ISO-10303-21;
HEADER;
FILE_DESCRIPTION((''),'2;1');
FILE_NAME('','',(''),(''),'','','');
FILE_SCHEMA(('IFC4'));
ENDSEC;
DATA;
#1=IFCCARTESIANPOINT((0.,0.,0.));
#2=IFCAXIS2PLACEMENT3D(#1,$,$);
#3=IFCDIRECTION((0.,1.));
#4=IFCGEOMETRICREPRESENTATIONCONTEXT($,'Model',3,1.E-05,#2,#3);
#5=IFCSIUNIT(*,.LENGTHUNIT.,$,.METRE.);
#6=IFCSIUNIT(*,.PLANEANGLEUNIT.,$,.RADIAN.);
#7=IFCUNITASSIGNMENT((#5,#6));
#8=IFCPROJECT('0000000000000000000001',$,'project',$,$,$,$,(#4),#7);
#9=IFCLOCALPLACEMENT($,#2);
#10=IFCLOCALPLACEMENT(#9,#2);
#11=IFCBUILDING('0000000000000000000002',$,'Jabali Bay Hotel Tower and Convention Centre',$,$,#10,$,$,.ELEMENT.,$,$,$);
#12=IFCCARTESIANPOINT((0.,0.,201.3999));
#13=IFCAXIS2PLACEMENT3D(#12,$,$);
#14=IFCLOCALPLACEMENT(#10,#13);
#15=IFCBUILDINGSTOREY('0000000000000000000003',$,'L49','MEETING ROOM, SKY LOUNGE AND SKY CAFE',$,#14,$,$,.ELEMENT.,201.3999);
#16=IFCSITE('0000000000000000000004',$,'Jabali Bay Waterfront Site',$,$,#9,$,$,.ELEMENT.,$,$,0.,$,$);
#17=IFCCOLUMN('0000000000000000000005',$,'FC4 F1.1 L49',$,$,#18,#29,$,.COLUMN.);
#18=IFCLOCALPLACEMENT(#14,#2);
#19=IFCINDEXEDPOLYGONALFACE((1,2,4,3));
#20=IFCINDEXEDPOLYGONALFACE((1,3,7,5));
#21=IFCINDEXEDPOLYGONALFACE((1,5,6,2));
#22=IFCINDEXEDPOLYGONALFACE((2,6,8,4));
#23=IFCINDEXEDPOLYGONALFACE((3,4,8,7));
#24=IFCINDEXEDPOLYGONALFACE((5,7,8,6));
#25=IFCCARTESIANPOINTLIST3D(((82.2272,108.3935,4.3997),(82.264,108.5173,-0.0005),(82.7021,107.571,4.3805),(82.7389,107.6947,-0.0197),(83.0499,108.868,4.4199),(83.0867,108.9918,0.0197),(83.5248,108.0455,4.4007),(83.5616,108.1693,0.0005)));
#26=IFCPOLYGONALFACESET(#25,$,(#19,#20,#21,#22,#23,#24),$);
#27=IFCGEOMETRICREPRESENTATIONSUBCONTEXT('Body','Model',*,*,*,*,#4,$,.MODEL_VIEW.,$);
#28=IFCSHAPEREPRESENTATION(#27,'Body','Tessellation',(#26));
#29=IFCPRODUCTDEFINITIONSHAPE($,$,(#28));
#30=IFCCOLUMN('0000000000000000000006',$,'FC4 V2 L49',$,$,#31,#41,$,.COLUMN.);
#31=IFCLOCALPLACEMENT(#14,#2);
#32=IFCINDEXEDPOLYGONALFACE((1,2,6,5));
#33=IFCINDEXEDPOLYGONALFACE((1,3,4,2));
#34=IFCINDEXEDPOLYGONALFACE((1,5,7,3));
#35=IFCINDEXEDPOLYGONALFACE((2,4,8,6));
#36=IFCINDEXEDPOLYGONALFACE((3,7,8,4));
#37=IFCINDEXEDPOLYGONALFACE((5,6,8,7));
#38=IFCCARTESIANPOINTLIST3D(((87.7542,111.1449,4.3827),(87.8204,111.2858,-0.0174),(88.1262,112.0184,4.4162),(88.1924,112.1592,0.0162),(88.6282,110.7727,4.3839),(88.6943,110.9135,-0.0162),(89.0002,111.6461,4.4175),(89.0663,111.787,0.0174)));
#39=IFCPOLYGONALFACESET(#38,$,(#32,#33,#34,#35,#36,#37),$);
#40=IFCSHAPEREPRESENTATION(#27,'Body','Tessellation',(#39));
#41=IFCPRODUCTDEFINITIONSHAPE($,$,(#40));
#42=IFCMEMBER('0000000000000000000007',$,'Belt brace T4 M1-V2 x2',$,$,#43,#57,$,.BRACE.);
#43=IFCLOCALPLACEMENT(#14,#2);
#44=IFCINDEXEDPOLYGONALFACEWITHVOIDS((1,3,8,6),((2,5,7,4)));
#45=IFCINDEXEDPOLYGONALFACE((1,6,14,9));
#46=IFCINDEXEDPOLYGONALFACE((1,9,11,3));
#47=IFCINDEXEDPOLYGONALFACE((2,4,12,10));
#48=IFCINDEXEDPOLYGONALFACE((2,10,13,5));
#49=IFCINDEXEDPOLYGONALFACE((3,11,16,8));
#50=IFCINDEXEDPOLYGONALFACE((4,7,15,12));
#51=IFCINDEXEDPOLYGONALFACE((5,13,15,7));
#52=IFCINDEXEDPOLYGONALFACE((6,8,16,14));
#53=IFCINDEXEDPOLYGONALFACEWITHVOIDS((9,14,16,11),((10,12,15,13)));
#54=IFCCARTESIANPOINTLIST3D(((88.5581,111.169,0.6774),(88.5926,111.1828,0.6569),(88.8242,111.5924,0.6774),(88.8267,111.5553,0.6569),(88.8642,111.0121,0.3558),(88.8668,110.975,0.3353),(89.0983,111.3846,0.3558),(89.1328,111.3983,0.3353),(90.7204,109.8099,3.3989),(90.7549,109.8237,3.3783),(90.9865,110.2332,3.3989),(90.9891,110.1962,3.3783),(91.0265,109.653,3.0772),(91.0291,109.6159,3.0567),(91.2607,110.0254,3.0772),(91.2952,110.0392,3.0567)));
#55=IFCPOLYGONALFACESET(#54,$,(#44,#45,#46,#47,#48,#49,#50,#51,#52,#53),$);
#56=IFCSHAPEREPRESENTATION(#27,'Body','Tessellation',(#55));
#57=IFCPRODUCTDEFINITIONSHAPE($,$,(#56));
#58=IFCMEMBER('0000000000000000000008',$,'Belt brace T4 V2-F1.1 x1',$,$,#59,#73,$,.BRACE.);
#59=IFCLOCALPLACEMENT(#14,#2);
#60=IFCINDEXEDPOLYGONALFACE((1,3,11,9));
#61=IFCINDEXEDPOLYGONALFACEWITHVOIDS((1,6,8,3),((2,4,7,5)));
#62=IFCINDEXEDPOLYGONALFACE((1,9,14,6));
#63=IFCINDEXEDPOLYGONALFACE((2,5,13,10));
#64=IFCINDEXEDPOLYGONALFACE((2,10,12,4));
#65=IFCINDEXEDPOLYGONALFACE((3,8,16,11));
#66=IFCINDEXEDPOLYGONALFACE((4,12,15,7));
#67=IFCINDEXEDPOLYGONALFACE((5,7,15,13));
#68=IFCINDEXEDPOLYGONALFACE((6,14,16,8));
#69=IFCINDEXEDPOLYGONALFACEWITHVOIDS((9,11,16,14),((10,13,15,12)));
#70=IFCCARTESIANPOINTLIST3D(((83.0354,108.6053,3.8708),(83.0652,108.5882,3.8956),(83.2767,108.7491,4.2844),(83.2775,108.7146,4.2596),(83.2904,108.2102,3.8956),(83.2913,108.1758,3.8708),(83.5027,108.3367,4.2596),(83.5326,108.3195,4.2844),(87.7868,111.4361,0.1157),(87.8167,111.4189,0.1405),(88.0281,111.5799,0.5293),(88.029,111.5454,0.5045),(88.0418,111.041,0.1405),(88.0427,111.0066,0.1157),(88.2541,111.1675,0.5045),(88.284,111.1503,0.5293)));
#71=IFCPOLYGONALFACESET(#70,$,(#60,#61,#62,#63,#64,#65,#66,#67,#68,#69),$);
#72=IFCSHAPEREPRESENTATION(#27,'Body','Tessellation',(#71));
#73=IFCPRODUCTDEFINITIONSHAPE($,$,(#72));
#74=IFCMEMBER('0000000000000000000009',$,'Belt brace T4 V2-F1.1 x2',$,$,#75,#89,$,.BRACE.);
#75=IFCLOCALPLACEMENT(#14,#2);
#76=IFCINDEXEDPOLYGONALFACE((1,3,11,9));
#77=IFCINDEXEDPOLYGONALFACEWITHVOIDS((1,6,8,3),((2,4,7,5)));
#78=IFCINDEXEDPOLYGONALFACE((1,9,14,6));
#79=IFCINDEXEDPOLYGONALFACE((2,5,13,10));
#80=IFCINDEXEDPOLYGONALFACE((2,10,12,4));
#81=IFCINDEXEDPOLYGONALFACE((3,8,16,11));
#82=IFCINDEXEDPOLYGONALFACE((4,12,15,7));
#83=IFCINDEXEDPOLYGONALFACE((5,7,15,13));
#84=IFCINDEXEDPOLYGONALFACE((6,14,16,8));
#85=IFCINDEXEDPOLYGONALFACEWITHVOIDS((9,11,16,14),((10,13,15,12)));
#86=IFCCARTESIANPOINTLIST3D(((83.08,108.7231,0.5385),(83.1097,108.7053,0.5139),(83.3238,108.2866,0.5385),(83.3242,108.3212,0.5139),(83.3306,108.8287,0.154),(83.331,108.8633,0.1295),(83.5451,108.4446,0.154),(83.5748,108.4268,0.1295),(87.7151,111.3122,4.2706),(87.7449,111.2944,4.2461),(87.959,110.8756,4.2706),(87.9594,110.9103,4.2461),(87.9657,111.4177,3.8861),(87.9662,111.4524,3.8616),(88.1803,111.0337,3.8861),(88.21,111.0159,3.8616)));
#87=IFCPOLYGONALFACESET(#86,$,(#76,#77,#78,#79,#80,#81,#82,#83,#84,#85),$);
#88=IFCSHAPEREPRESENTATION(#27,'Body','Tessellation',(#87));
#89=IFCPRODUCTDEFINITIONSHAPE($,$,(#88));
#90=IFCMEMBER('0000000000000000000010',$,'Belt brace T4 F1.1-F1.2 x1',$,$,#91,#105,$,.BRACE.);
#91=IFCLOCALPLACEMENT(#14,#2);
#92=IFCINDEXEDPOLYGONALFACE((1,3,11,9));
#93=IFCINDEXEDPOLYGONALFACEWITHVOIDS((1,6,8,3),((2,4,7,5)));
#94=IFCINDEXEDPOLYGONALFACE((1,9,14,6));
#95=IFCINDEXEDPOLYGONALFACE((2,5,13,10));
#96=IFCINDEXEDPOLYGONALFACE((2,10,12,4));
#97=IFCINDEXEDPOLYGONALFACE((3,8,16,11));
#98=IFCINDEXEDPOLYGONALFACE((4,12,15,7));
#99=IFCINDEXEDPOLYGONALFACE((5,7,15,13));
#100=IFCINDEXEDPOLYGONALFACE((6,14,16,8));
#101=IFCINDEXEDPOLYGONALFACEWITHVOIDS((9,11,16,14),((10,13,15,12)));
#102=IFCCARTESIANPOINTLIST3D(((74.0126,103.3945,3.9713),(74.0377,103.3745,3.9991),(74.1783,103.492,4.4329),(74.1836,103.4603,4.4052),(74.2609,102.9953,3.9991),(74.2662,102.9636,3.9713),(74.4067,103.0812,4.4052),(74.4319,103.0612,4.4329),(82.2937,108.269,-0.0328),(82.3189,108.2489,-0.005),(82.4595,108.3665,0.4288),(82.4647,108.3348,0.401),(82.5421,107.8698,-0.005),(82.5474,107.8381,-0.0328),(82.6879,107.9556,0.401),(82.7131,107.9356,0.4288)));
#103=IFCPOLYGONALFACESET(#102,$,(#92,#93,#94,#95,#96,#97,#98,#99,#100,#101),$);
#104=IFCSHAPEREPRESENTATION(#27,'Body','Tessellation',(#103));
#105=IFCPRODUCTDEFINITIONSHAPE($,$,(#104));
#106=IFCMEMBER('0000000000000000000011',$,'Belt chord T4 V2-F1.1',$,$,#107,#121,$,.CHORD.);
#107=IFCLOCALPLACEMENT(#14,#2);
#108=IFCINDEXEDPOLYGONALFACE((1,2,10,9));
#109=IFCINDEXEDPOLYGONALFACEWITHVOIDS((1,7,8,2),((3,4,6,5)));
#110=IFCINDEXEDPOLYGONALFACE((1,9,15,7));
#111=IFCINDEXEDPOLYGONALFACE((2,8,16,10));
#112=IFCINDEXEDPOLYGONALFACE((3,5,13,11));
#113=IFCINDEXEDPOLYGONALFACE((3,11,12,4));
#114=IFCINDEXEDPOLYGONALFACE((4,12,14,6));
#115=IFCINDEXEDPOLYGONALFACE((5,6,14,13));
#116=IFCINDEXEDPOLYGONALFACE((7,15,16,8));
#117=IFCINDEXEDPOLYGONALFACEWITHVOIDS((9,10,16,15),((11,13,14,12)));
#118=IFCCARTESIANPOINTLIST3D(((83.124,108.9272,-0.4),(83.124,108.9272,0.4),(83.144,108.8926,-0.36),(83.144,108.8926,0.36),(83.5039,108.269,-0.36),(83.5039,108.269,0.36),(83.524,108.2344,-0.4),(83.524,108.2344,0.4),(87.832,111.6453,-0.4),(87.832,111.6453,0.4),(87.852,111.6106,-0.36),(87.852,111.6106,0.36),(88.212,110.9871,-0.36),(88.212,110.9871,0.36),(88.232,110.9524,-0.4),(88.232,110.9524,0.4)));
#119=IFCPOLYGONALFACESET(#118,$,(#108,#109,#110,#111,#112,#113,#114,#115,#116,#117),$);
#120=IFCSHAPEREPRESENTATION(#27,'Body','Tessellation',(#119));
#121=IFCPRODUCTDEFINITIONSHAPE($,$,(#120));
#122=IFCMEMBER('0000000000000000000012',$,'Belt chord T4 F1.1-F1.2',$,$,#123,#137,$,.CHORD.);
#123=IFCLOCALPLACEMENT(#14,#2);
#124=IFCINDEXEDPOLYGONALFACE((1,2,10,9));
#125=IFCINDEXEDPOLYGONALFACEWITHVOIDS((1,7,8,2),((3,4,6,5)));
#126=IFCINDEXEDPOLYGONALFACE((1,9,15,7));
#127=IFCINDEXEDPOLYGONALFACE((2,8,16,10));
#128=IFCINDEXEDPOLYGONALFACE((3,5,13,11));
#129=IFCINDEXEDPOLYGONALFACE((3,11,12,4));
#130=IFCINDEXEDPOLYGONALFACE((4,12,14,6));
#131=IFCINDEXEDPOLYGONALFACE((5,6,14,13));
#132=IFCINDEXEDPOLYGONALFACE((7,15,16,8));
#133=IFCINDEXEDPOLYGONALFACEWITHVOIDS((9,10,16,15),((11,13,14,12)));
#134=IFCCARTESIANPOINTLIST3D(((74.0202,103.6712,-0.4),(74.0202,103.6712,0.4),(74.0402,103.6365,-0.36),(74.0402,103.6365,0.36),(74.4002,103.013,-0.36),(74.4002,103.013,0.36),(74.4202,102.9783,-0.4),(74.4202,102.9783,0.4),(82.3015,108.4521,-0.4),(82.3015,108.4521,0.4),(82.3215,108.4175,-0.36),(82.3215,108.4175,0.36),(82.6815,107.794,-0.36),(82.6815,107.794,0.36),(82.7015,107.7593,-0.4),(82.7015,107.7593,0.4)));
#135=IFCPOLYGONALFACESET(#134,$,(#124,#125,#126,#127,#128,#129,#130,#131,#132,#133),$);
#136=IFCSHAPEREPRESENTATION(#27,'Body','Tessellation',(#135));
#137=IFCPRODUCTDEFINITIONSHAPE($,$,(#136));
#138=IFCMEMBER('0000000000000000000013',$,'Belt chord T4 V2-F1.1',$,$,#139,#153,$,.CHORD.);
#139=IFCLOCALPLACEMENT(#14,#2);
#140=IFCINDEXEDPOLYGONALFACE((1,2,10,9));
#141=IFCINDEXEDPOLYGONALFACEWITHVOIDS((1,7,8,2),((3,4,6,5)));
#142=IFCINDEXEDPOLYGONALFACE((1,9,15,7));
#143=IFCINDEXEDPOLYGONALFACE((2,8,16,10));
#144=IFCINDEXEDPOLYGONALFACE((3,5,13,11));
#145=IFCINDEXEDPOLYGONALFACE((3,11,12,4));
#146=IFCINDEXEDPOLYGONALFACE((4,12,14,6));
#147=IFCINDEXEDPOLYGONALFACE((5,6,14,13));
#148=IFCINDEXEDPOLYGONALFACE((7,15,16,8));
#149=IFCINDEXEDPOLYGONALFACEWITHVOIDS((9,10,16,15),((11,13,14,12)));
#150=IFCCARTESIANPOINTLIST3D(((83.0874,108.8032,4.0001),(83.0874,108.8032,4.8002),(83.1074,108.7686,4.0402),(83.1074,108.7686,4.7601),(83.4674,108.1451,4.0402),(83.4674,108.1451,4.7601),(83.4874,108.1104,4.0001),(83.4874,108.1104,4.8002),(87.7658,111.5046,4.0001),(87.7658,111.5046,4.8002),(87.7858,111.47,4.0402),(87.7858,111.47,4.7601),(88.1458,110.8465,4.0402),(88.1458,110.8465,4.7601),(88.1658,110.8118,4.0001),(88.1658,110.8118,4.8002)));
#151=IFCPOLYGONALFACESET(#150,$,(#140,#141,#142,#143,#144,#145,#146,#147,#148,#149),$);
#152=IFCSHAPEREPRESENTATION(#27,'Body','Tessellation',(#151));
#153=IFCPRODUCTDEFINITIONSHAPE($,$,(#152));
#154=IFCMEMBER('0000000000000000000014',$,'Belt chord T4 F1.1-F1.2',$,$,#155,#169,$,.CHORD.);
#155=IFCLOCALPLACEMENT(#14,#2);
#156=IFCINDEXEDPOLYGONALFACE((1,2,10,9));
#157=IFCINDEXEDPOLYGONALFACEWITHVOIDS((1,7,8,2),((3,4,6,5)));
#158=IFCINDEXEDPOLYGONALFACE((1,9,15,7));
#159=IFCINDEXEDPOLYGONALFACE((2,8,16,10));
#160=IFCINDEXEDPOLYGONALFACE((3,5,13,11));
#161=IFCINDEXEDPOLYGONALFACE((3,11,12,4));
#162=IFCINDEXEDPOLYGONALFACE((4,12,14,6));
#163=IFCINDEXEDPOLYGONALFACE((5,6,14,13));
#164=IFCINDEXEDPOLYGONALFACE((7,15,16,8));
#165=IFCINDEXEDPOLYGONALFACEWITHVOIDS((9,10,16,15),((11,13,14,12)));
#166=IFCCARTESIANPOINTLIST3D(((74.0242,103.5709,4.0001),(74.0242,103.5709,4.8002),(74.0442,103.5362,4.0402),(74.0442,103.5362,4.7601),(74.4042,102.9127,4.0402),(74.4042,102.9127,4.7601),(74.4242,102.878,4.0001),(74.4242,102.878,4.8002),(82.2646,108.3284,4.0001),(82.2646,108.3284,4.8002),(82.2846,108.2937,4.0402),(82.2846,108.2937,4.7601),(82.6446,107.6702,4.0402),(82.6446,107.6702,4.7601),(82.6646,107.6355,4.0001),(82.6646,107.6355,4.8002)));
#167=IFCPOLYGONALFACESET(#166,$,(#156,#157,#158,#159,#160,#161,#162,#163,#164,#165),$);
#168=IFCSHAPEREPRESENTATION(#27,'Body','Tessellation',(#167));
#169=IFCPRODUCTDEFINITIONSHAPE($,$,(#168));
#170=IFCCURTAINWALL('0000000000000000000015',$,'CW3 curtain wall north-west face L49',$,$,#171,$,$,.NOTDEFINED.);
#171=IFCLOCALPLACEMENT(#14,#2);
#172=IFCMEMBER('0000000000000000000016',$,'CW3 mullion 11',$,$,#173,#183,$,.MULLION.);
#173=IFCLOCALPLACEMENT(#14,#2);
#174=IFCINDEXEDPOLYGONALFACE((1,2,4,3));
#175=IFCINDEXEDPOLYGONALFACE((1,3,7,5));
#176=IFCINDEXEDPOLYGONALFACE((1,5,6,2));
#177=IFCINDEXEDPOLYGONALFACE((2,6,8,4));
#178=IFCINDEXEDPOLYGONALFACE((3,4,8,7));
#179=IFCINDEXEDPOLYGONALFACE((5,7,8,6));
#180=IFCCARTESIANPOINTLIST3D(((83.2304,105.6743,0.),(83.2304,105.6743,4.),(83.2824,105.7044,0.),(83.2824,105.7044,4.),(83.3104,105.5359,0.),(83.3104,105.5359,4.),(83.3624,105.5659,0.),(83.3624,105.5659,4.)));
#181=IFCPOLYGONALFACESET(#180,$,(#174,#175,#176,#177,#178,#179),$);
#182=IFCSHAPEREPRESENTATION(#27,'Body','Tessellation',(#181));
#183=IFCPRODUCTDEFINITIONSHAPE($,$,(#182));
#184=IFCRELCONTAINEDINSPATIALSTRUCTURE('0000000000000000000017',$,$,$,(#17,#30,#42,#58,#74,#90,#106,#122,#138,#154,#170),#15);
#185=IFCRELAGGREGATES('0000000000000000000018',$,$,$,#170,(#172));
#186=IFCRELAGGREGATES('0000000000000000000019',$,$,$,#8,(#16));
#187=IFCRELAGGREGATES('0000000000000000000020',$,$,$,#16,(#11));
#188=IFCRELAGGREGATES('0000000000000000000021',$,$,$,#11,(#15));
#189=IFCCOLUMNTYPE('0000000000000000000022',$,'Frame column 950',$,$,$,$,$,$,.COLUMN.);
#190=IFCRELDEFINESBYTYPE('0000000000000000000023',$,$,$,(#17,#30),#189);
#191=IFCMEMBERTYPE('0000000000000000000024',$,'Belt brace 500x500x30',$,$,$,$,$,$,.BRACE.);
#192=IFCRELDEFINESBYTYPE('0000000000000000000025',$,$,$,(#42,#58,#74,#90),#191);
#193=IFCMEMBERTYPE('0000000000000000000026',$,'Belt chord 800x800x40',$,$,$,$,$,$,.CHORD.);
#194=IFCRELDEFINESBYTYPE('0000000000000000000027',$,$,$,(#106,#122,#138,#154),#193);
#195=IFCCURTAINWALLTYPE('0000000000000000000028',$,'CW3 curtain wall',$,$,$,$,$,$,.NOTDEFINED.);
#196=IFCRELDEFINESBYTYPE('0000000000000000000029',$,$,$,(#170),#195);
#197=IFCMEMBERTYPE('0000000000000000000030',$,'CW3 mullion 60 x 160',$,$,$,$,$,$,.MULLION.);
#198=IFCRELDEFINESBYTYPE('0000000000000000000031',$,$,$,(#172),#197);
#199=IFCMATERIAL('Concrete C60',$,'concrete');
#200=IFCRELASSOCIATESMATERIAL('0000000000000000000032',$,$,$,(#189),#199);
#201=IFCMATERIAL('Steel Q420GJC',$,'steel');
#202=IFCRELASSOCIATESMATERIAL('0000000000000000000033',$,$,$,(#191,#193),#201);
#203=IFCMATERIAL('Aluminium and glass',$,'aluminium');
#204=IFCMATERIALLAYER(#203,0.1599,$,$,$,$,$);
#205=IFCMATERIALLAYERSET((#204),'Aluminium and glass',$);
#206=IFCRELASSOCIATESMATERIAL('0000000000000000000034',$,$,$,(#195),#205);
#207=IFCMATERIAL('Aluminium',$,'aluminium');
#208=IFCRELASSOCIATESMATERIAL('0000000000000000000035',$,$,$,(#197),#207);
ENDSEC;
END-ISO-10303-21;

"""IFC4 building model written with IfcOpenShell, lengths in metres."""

from ifc_helpers import new_model, si_unit, direction, frame, origin, origin_2d, place, context, subcontext, project, spatial, rectangle, hollow_rectangle, extrude, material, layer, layer_set, material_profile, profile_set, type_object, element, aggregate, save


model = new_model("IFC4")

# Units and contexts
model_context = context("Model", 3, precision=1e-05, world=origin(), true_north=direction((0.0, 1.0)))
body_context = subcontext(model_context, "Body", "Model", "MODEL_VIEW")
ifc_project = project(units=[si_unit("LENGTHUNIT", "METRE"), si_unit("PLANEANGLEUNIT", "RADIAN")], contexts=[model_context])

# Site, building, storey
site_placement = place(None, origin())
site = spatial("IfcSite", under=ifc_project, at=site_placement, Name="Jabali Bay Waterfront Site", CompositionType="ELEMENT", RefElevation=0.0)
building_placement = place(site_placement, origin())
building = spatial("IfcBuilding", under=site, at=building_placement, Name="Jabali Bay Hotel Tower and Convention Centre", CompositionType="ELEMENT")
storey_placement = place(building_placement, frame((0.0, 0.0, 201.3999)))
storey = spatial("IfcBuildingStorey", under=building, at=storey_placement, Name="L49", Description="MEETING ROOM, SKY LOUNGE AND SKY CAFE", CompositionType="ELEMENT", Elevation=201.3999)

# Columns
ifc_material_1 = material(Name="Concrete C60", Category="concrete")
ifc_material_profile_1 = material_profile(ifc_material_1, rectangle(XDim=0.95, YDim=0.95, at=origin_2d()), Name="Frame column 950")
ifc_profile_set_1 = profile_set([ifc_material_profile_1], Name="Concrete C60")
column_type = type_object("IfcColumnType", Name="Frame column 950", PredefinedType="COLUMN", material=ifc_profile_set_1)
column_1_placement = place(storey_placement, frame((82.9128, 108.3433, 0.0), z_axis=(-0.008375, -0.028119, 0.99957), x_axis=(0.866035, 0.499528, 0.021308)))
element("IfcColumn", 1, at=column_1_placement, inside=storey, type_object=column_type, Name="FC4 F1.1 L49", PredefinedType="COLUMN", context=body_context, shape_type="SweptSolid", body=[
    extrude(rectangle(XDim=0.95, YDim=0.95, at=origin_2d()), origin(), (0.0, 0.0, 1.0), 4.4021),
])
column_2_placement = place(storey_placement, frame((88.4434, 111.5364, 0.0), z_axis=(-0.015027, -0.031995, 0.999375), x_axis=(0.920007, -0.3919, 0.001287)))
element("IfcColumn", 2, at=column_2_placement, inside=storey, type_object=column_type, Name="FC4 V2 L49", PredefinedType="COLUMN", context=body_context, shape_type="SweptSolid", body=[
    extrude(rectangle(XDim=0.95, YDim=0.95, at=origin_2d()), origin(), (0.0, 0.0, 1.0), 4.4028),
])

# Members
ifc_material_2 = material(Name="Steel Q420GJC", Category="steel")
ifc_material_profile_2 = material_profile(ifc_material_2, hollow_rectangle(XDim=0.5, YDim=0.5, WallThickness=0.03, at=origin_2d()), Name="Belt brace 500x500x30")
ifc_profile_set_2 = profile_set([ifc_material_profile_2], Name="Steel Q420GJC")
member_type_1 = type_object("IfcMemberType", Name="Belt brace 500x500x30", PredefinedType="BRACE", material=ifc_profile_set_2)
member_1_placement = place(storey_placement, frame((88.8455, 111.2837, 0.5063), z_axis=(0.57938, -0.364165, 0.72918), x_axis=(0.532154, 0.846648, 0.0)))
element("IfcMember", 3, at=member_1_placement, inside=storey, type_object=member_type_1, Name="Belt brace T4 M1-V2 x2", PredefinedType="BRACE", context=body_context, shape_type="SweptSolid", body=[
    extrude(hollow_rectangle(XDim=0.5, YDim=0.5, WallThickness=0.03, at=origin_2d()), origin(), (0.0, 0.0, 1.0), 3.7322),
])
member_2_placement = place(storey_placement, frame((88.0354, 111.2932, 0.3225), z_axis=(-0.710752, -0.423449, 0.561714), x_axis=(0.511825, -0.85909, 0.0)))
element("IfcMember", 4, at=member_2_placement, inside=storey, type_object=member_type_1, Name="Belt brace T4 V2-F1.1 x1", PredefinedType="BRACE", context=body_context, shape_type="SweptSolid", body=[
    extrude(hollow_rectangle(XDim=0.5, YDim=0.5, WallThickness=0.03, at=origin_2d()), origin(), (0.0, 0.0, 1.0), 6.6851),
])
member_3_placement = place(storey_placement, frame((83.3274, 108.575, 0.334), z_axis=(0.714231, 0.398947, 0.575079), x_axis=(-0.487652, 0.873038, 0.0)))
element("IfcMember", 5, at=member_3_placement, inside=storey, type_object=member_type_1, Name="Belt brace T4 V2-F1.1 x2", PredefinedType="BRACE", context=body_context, shape_type="SweptSolid", body=[
    extrude(hollow_rectangle(XDim=0.5, YDim=0.5, WallThickness=0.03, at=origin_2d()), origin(), (0.0, 0.0, 1.0), 6.4897),
])
member_4_placement = place(storey_placement, frame((82.5034, 108.1023, 0.198), z_axis=(-0.79549, -0.468242, 0.384636), x_axis=(0.507267, -0.861789, 0.0)))
element("IfcMember", 6, at=member_4_placement, inside=storey, type_object=member_type_1, Name="Belt brace T4 F1.1-F1.2 x1", PredefinedType="BRACE", context=body_context, shape_type="SweptSolid", body=[
    extrude(hollow_rectangle(XDim=0.5, YDim=0.5, WallThickness=0.03, at=origin_2d()), origin(), (0.0, 0.0, 1.0), 10.4102),
])
ifc_material_profile_3 = material_profile(ifc_material_2, hollow_rectangle(XDim=0.8, YDim=0.8, WallThickness=0.04, at=origin_2d()), Name="Belt chord 800x800x40")
ifc_profile_set_3 = profile_set([ifc_material_profile_3], Name="Steel Q420GJC")
member_type_2 = type_object("IfcMemberType", Name="Belt chord 800x800x40", PredefinedType="CHORD", material=ifc_profile_set_3)
member_5_placement = place(storey_placement, frame((88.032, 111.2988, 0.0), z_axis=(-0.866038, -0.499979, 0.0), x_axis=(0.499979, -0.866038, 0.0)))
element("IfcMember", 7, at=member_5_placement, inside=storey, type_object=member_type_2, Name="Belt chord T4 V2-F1.1", PredefinedType="CHORD", context=body_context, shape_type="SweptSolid", body=[
    extrude(hollow_rectangle(XDim=0.8, YDim=0.8, WallThickness=0.04, at=origin_2d()), origin(), (0.0, 0.0, 1.0), 5.4363),
])
member_6_placement = place(storey_placement, frame((82.5015, 108.1057, 0.0), z_axis=(-0.866033, -0.499986, 0.0), x_axis=(0.499986, -0.866033, 0.0)))
element("IfcMember", 8, at=member_6_placement, inside=storey, type_object=member_type_2, Name="Belt chord T4 F1.1-F1.2", PredefinedType="CHORD", context=body_context, shape_type="SweptSolid", body=[
    extrude(hollow_rectangle(XDim=0.8, YDim=0.8, WallThickness=0.04, at=origin_2d()), origin(), (0.0, 0.0, 1.0), 9.5623),
])
member_7_placement = place(storey_placement, frame((87.9658, 111.1582, 4.4001), z_axis=(-0.866001, -0.500042, 0.0), x_axis=(0.500042, -0.866001, 0.0)))
element("IfcMember", 9, at=member_7_placement, inside=storey, type_object=member_type_2, Name="Belt chord T4 V2-F1.1", PredefinedType="CHORD", context=body_context, shape_type="SweptSolid", body=[
    extrude(hollow_rectangle(XDim=0.8, YDim=0.8, WallThickness=0.04, at=origin_2d()), origin(), (0.0, 0.0, 1.0), 5.4023),
])
member_8_placement = place(storey_placement, frame((82.4646, 107.9819, 4.4001), z_axis=(-0.866029, -0.499994, 0.0), x_axis=(0.499994, -0.866029, 0.0)))
element("IfcMember", 10, at=member_8_placement, inside=storey, type_object=member_type_2, Name="Belt chord T4 F1.1-F1.2", PredefinedType="CHORD", context=body_context, shape_type="SweptSolid", body=[
    extrude(hollow_rectangle(XDim=0.8, YDim=0.8, WallThickness=0.04, at=origin_2d()), origin(), (0.0, 0.0, 1.0), 9.5151),
])

# Curtain wall, member
ifc_material_3 = material(Name="Aluminium and glass", Category="aluminium")
ifc_layer_1 = layer(ifc_material_3, 0.1599)
ifc_layer_set_1 = layer_set([ifc_layer_1], Name="Aluminium and glass")
curtain_wall_type = type_object("IfcCurtainWallType", Name="CW3 curtain wall", PredefinedType="NOTDEFINED", material=ifc_layer_set_1)
curtain_wall_placement = place(storey_placement, origin())
curtain_wall = element("IfcCurtainWall", 11, at=curtain_wall_placement, inside=storey, type_object=curtain_wall_type, Name="CW3 curtain wall north-west face L49", PredefinedType="NOTDEFINED")
ifc_material_4 = material(Name="Aluminium", Category="aluminium")
ifc_material_profile_4 = material_profile(ifc_material_4, rectangle(XDim=0.1599, YDim=0.0601, at=origin_2d()), Name="CW3 mullion 60 x 160")
ifc_profile_set_4 = profile_set([ifc_material_profile_4], Name="Aluminium")
member_type_3 = type_object("IfcMemberType", Name="CW3 mullion 60 x 160", PredefinedType="MULLION", material=ifc_profile_set_4)
member_9_placement = place(storey_placement, frame((83.2964, 105.6201, 0.0), z_axis=(0.0, 0.0, 1.0), x_axis=(-0.5, 0.866025, 0.0)))
member_9 = element("IfcMember", 12, at=member_9_placement, type_object=member_type_3, Name="CW3 mullion 11", PredefinedType="MULLION", context=body_context, shape_type="SweptSolid", body=[
    extrude(rectangle(XDim=0.1599, YDim=0.0601, at=origin_2d()), origin(), (0.0, 0.0, 1.0), 4.0),
])

aggregate(curtain_wall, [member_9])

save(model, "model.ifc")
